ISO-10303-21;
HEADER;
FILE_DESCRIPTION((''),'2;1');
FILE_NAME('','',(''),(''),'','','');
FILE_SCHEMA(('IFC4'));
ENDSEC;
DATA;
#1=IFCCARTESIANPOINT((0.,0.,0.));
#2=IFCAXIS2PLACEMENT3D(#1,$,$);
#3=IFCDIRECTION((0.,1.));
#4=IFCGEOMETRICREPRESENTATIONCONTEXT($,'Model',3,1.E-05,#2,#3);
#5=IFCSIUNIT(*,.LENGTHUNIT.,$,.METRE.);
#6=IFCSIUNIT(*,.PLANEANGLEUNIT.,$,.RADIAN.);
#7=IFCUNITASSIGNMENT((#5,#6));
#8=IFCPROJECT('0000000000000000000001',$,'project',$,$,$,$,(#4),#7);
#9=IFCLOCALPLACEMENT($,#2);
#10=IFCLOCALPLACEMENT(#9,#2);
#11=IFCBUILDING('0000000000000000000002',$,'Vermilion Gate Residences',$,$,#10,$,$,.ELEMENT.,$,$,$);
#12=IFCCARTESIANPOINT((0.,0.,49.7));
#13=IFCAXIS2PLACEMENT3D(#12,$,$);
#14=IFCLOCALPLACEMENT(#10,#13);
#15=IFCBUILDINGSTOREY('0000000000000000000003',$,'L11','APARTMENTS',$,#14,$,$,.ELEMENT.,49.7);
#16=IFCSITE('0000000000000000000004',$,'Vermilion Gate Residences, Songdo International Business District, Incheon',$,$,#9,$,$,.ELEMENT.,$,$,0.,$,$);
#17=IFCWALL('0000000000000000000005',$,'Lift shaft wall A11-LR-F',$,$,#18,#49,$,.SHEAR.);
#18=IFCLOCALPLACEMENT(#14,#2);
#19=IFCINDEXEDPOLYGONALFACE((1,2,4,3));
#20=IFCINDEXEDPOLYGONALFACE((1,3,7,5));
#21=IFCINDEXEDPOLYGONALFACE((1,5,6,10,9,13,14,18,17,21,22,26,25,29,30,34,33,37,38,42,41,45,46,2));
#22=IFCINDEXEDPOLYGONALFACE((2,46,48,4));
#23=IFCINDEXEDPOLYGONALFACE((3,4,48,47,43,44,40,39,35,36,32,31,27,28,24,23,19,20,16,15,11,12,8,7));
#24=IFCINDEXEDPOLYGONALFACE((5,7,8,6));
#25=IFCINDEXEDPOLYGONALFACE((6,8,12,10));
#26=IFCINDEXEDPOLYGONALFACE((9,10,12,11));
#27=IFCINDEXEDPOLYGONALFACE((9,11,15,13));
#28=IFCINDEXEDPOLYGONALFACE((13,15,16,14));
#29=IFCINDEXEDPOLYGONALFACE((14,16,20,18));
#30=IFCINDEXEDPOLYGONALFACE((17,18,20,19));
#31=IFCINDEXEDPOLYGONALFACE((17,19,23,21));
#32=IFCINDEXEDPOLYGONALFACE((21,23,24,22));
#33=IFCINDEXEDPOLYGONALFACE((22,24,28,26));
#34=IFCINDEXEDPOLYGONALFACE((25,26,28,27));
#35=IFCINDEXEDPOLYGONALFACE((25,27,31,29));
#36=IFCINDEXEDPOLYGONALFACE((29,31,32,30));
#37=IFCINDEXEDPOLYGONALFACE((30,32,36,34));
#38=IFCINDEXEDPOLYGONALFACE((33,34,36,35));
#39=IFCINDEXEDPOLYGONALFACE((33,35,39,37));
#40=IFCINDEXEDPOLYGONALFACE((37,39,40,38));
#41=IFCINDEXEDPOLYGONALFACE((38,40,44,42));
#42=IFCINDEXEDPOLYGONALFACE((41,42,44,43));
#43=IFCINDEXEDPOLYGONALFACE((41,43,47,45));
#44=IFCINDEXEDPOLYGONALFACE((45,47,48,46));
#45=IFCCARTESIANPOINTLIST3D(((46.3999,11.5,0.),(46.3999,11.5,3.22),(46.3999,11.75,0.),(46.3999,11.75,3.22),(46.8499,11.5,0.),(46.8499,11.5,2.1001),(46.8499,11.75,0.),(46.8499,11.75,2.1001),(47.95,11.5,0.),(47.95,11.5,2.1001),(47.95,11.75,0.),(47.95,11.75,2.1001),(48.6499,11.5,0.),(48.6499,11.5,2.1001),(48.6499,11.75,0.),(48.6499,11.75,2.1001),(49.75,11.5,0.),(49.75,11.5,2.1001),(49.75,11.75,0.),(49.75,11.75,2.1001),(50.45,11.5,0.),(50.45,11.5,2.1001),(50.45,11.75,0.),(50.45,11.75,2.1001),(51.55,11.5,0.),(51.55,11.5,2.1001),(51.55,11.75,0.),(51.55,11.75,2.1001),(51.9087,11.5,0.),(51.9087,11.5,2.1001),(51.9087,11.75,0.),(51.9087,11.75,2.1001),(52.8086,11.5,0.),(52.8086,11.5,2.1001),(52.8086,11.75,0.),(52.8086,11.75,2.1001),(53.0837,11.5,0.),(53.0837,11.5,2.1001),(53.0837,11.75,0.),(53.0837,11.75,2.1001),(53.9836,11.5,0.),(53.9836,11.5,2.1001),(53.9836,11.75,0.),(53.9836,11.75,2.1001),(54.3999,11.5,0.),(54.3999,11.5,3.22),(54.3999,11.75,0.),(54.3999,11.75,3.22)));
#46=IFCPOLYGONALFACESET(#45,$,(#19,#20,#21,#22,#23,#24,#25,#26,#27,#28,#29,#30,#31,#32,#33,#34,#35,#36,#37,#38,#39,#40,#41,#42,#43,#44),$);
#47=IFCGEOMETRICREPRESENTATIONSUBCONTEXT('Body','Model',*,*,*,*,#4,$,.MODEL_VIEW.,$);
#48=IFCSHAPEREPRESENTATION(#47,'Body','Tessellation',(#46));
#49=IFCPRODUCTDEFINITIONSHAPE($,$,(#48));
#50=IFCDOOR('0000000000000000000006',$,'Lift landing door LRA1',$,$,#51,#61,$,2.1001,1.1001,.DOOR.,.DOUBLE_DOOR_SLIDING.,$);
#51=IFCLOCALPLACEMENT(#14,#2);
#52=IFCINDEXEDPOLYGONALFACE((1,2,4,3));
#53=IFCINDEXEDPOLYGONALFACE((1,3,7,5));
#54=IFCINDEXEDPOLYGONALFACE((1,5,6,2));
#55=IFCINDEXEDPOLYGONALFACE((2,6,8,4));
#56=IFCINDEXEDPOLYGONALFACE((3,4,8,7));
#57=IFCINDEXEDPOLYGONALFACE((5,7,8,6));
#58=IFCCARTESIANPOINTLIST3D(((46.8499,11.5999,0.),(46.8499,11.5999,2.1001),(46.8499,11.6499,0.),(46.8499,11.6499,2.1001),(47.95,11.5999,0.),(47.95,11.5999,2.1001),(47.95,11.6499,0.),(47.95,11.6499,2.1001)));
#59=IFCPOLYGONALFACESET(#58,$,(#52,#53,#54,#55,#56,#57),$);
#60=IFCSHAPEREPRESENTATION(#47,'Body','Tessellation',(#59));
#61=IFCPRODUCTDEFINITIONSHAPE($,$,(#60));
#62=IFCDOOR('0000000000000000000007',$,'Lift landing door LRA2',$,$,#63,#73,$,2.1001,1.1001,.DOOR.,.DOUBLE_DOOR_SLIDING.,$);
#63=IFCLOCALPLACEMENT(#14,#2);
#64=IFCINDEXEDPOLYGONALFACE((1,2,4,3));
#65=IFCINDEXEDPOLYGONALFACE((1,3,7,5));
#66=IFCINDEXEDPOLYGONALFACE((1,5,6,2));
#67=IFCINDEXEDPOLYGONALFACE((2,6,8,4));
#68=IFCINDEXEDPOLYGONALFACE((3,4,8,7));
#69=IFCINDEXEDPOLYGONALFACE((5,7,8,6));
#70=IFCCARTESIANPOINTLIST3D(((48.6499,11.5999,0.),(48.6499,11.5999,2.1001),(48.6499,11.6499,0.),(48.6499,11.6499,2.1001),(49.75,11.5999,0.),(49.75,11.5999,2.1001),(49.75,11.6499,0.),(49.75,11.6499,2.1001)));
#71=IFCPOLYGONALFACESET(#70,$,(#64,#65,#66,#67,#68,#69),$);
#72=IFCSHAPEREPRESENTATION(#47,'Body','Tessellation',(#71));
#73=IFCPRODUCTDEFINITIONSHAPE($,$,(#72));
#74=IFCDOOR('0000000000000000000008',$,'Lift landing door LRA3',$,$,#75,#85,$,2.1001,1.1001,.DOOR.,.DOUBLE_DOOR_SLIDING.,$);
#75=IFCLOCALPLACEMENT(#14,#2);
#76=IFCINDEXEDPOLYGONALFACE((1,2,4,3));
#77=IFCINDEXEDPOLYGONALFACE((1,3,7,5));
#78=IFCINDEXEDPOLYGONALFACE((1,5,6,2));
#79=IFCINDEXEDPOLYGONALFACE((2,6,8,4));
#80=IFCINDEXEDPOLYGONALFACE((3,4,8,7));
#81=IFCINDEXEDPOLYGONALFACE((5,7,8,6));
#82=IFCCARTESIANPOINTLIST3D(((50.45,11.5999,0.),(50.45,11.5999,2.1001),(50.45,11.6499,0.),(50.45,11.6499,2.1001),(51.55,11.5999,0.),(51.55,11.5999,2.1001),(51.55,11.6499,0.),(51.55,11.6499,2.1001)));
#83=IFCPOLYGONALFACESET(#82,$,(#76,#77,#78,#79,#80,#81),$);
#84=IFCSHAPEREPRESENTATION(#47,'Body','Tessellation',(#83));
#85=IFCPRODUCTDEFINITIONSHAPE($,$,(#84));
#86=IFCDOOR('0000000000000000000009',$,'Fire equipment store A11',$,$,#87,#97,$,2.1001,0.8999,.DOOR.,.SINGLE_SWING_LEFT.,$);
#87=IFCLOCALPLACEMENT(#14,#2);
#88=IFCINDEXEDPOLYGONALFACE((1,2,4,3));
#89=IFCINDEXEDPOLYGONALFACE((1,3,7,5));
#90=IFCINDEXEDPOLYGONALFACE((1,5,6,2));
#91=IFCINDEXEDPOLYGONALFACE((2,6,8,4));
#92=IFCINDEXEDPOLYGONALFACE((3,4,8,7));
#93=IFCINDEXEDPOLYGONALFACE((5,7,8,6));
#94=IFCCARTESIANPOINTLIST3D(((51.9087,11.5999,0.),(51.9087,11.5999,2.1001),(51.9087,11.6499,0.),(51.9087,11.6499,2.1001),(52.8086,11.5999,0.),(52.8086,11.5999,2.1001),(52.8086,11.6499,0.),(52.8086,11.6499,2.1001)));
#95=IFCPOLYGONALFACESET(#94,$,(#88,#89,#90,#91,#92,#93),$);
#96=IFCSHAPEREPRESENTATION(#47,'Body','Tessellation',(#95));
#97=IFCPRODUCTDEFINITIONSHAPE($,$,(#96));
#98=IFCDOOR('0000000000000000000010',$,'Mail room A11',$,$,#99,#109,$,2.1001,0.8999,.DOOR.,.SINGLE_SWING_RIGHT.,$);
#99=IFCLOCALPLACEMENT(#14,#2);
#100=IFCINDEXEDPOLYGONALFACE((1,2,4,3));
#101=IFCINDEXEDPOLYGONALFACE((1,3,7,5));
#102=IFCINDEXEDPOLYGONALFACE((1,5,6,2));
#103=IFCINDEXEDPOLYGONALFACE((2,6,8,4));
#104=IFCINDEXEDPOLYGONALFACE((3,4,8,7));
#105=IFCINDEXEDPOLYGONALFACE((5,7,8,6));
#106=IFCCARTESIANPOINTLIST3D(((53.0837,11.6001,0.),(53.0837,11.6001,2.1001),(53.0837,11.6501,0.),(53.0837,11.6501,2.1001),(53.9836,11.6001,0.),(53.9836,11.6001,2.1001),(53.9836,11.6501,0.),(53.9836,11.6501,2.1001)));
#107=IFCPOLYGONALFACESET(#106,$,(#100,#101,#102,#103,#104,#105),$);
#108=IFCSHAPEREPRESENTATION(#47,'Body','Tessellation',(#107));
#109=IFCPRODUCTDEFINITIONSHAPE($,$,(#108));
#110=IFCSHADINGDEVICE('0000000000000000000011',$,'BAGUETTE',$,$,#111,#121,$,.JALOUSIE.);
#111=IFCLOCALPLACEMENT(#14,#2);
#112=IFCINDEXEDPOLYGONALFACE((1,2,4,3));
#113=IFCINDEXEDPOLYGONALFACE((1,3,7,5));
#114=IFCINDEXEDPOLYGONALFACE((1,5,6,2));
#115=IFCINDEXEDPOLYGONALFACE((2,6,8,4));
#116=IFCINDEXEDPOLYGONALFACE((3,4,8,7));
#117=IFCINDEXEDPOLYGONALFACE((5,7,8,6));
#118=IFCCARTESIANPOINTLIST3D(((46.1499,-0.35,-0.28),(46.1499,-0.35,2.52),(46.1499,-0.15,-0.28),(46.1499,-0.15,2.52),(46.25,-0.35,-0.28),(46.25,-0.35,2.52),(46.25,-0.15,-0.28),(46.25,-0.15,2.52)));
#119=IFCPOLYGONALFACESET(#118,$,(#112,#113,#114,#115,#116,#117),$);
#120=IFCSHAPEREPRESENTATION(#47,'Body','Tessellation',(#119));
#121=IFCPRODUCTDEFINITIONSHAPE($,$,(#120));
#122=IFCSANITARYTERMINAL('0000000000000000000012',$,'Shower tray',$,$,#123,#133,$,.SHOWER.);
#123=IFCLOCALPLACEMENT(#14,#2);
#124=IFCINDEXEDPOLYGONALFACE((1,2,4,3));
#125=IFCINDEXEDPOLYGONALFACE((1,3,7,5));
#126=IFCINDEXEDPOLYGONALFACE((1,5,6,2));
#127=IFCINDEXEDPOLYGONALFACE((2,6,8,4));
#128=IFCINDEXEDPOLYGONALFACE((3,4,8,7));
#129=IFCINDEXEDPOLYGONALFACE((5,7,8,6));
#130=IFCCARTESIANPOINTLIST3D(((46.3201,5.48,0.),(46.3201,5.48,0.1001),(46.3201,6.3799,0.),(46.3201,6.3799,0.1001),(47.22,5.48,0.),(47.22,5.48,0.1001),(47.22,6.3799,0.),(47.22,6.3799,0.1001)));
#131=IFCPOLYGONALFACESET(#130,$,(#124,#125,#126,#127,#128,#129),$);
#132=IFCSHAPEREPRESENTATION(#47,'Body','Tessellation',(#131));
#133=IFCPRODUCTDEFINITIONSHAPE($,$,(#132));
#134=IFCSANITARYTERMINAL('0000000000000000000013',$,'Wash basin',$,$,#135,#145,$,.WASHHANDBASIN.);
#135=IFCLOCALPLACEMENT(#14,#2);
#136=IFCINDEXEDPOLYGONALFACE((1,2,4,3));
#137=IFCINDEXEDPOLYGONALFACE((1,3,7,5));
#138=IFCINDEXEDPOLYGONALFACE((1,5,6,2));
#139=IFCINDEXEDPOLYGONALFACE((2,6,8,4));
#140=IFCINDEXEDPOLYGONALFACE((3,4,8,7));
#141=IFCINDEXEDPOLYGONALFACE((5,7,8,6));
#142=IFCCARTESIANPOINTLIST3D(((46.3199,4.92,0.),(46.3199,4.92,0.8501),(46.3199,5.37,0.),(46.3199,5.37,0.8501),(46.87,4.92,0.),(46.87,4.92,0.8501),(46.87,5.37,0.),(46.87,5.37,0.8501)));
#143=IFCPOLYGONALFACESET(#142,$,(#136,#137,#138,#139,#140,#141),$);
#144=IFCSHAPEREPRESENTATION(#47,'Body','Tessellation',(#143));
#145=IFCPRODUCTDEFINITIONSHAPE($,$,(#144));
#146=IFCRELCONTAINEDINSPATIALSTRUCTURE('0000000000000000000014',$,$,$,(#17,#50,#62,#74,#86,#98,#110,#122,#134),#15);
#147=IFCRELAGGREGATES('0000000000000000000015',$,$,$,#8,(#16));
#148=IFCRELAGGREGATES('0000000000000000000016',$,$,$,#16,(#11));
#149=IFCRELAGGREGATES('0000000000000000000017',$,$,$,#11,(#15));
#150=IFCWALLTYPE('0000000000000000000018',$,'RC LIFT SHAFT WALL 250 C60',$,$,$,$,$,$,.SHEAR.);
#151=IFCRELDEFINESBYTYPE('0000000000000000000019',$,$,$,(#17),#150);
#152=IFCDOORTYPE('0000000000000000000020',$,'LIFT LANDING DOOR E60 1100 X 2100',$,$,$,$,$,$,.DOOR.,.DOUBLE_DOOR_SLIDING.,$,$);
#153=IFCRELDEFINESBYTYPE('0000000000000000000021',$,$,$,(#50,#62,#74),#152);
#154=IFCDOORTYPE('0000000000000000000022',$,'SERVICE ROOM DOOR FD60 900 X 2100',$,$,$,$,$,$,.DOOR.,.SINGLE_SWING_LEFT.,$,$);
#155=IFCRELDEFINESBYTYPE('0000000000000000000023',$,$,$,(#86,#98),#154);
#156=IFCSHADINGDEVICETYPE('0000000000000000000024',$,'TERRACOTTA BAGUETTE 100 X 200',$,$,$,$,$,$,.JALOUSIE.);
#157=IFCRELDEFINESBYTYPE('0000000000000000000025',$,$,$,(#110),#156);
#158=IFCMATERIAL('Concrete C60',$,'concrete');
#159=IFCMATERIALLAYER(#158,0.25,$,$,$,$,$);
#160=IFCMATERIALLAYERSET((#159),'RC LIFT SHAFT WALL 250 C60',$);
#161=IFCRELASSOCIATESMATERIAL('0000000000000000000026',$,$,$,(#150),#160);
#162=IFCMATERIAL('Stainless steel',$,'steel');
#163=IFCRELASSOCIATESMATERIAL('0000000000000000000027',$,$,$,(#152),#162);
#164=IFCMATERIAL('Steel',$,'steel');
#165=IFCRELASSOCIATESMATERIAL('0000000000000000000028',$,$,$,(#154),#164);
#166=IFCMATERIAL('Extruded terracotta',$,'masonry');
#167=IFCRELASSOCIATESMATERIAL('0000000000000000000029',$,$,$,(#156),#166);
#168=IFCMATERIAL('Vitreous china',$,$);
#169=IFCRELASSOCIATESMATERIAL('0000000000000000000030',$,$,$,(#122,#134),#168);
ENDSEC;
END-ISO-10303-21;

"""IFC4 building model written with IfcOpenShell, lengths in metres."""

from ifc_helpers import new_model, si_unit, direction, frame, frame_2d, origin, origin_2d, place, context, subcontext, project, spatial, rectangle, extrude, material, layer, layer_set, material_profile, profile_set, type_object, element, fill, save


model = new_model("IFC4")

# Units and contexts
model_context = context("Model", 3, precision=1e-05, world=origin(), true_north=direction((0.0, 1.0)))
body_context = subcontext(model_context, "Body", "Model", "MODEL_VIEW")
ifc_project = project(units=[si_unit("LENGTHUNIT", "METRE"), si_unit("PLANEANGLEUNIT", "RADIAN")], contexts=[model_context])

# Site, building, storey
site_placement = place(None, origin())
site = spatial("IfcSite", under=ifc_project, at=site_placement, Name="Vermilion Gate Residences, Songdo International Business District, Incheon", CompositionType="ELEMENT", RefElevation=0.0)
building_placement = place(site_placement, origin())
building = spatial("IfcBuilding", under=site, at=building_placement, Name="Vermilion Gate Residences", CompositionType="ELEMENT")
storey_placement = place(building_placement, frame((0.0, 0.0, 49.7)))
storey = spatial("IfcBuildingStorey", under=building, at=storey_placement, Name="L11", Description="APARTMENTS", CompositionType="ELEMENT", Elevation=49.7)

# Wall, openings, doors
ifc_material_1 = material(Name="Concrete C60", Category="concrete")
ifc_layer_1 = layer(ifc_material_1, 0.25)
ifc_layer_set_1 = layer_set([ifc_layer_1], Name="RC LIFT SHAFT WALL 250 C60")
wall_type_1 = type_object("IfcWallType", Name="RC LIFT SHAFT WALL 250 C60", PredefinedType="SHEAR", material=ifc_layer_set_1)
wall_1_placement = place(storey_placement, frame((46.3999, 11.625, 0.0), z_axis=(0.0, 0.0, 1.0), x_axis=(1.0, 0.0, 0.0)))
wall_1 = element("IfcWall", 1, at=wall_1_placement, inside=storey, type_object=wall_type_1, Name="Lift shaft wall A11-LR-F", PredefinedType="SHEAR", context=body_context, shape_type="SweptSolid", body=[
    extrude(rectangle(XDim=8.0, YDim=0.25, at=frame_2d((4.0, 0.0))), origin(), (0.0, 0.0, 1.0), 3.22),
])
opening_1_placement = place(wall_1_placement, frame((0.45, 0.0, 0.0)))
opening_1 = element("IfcOpeningElement", 2, at=opening_1_placement, cuts=wall_1, PredefinedType="OPENING", context=body_context, shape_type="SweptSolid", body=[
    extrude(rectangle(XDim=1.1001, YDim=2.1001, at=frame_2d((0.55, 1.05))), frame((0.0, 0.135, 0.0), z_axis=(0.0, -1.0, 0.0), x_axis=(1.0, 0.0, 0.0)), (0.0, 0.0, 1.0), 0.27),
])
opening_2_placement = place(wall_1_placement, frame((2.25, 0.0, 0.0)))
opening_2 = element("IfcOpeningElement", 3, at=opening_2_placement, cuts=wall_1, PredefinedType="OPENING", context=body_context, shape_type="SweptSolid", body=[
    extrude(rectangle(XDim=1.1001, YDim=2.1001, at=frame_2d((0.55, 1.05))), frame((0.0, 0.135, 0.0), z_axis=(0.0, -1.0, 0.0), x_axis=(1.0, 0.0, 0.0)), (0.0, 0.0, 1.0), 0.27),
])
opening_3_placement = place(wall_1_placement, frame((4.05, 0.0, 0.0)))
opening_3 = element("IfcOpeningElement", 4, at=opening_3_placement, cuts=wall_1, PredefinedType="OPENING", context=body_context, shape_type="SweptSolid", body=[
    extrude(rectangle(XDim=1.1001, YDim=2.1001, at=frame_2d((0.55, 1.05))), frame((0.0, 0.135, 0.0), z_axis=(0.0, -1.0, 0.0), x_axis=(1.0, 0.0, 0.0)), (0.0, 0.0, 1.0), 0.27),
])
opening_4_placement = place(wall_1_placement, frame((5.5088, 0.0, 0.0)))
opening_4 = element("IfcOpeningElement", 5, at=opening_4_placement, cuts=wall_1, PredefinedType="OPENING", context=body_context, shape_type="SweptSolid", body=[
    extrude(rectangle(XDim=0.8999, YDim=2.1001, at=frame_2d((0.45, 1.05))), frame((0.0, 0.135, 0.0), z_axis=(0.0, -1.0, 0.0), x_axis=(1.0, 0.0, 0.0)), (0.0, 0.0, 1.0), 0.27),
])
opening_5_placement = place(wall_1_placement, frame((6.6838, 0.0, 0.0)))
opening_5 = element("IfcOpeningElement", 6, at=opening_5_placement, cuts=wall_1, PredefinedType="OPENING", context=body_context, shape_type="SweptSolid", body=[
    extrude(rectangle(XDim=0.8999, YDim=2.1001, at=frame_2d((0.45, 1.05))), frame((0.0, 0.135, 0.0), z_axis=(0.0, -1.0, 0.0), x_axis=(1.0, 0.0, 0.0)), (0.0, 0.0, 1.0), 0.27),
])
ifc_material_2 = material(Name="Stainless steel", Category="steel")
door_type_1 = type_object("IfcDoorType", Name="LIFT LANDING DOOR E60 1100 X 2100", OperationType="DOUBLE_DOOR_SLIDING", PredefinedType="DOOR", material=ifc_material_2)
door_1_placement = place(opening_1_placement, origin())
door_1 = element("IfcDoor", 7, at=door_1_placement, inside=storey, type_object=door_type_1, Name="Lift landing door LRA1", OperationType="DOUBLE_DOOR_SLIDING", OverallHeight=2.1001, OverallWidth=1.1001, PredefinedType="DOOR", context=body_context, shape_type="SweptSolid", body=[
    extrude(rectangle(XDim=1.1001, YDim=2.1001, at=frame_2d((0.55, 1.05))), frame((0.0, 0.0249, 0.0), z_axis=(0.0, -1.0, 0.0), x_axis=(1.0, 0.0, 0.0)), (0.0, 0.0, 1.0), 0.05),
])
fill(opening_1, door_1)
door_2_placement = place(opening_2_placement, origin())
door_2 = element("IfcDoor", 8, at=door_2_placement, inside=storey, type_object=door_type_1, Name="Lift landing door LRA2", OperationType="DOUBLE_DOOR_SLIDING", OverallHeight=2.1001, OverallWidth=1.1001, PredefinedType="DOOR", context=body_context, shape_type="SweptSolid", body=[
    extrude(rectangle(XDim=1.1001, YDim=2.1001, at=frame_2d((0.55, 1.05))), frame((0.0, 0.0249, 0.0), z_axis=(0.0, -1.0, 0.0), x_axis=(1.0, 0.0, 0.0)), (0.0, 0.0, 1.0), 0.05),
])
fill(opening_2, door_2)
door_3_placement = place(opening_3_placement, origin())
door_3 = element("IfcDoor", 9, at=door_3_placement, inside=storey, type_object=door_type_1, Name="Lift landing door LRA3", OperationType="DOUBLE_DOOR_SLIDING", OverallHeight=2.1001, OverallWidth=1.1001, PredefinedType="DOOR", context=body_context, shape_type="SweptSolid", body=[
    extrude(rectangle(XDim=1.1001, YDim=2.1001, at=frame_2d((0.55, 1.05))), frame((0.0, 0.0249, 0.0), z_axis=(0.0, -1.0, 0.0), x_axis=(1.0, 0.0, 0.0)), (0.0, 0.0, 1.0), 0.05),
])
fill(opening_3, door_3)
ifc_material_3 = material(Name="Steel", Category="steel")
door_type_2 = type_object("IfcDoorType", Name="SERVICE ROOM DOOR FD60 900 X 2100", OperationType="SINGLE_SWING_LEFT", PredefinedType="DOOR", material=ifc_material_3)
door_4_placement = place(opening_4_placement, origin())
door_4 = element("IfcDoor", 10, at=door_4_placement, inside=storey, type_object=door_type_2, Name="Fire equipment store A11", OperationType="SINGLE_SWING_LEFT", OverallHeight=2.1001, OverallWidth=0.8999, PredefinedType="DOOR", context=body_context, shape_type="SweptSolid", body=[
    extrude(rectangle(XDim=0.8999, YDim=2.1001, at=frame_2d((0.45, 1.05))), frame((0.0, 0.0249, 0.0), z_axis=(0.0, -1.0, 0.0), x_axis=(1.0, 0.0, 0.0)), (0.0, 0.0, 1.0), 0.05),
])
fill(opening_4, door_4)
door_5_placement = place(opening_5_placement, frame((0.8999, 0.0, 0.0), z_axis=(0.0, 0.0, 1.0), x_axis=(-1.0, 0.0, 0.0)))
door_5 = element("IfcDoor", 11, at=door_5_placement, inside=storey, type_object=door_type_2, Name="Mail room A11", OperationType="SINGLE_SWING_RIGHT", OverallHeight=2.1001, OverallWidth=0.8999, PredefinedType="DOOR", context=body_context, shape_type="SweptSolid", body=[
    extrude(rectangle(XDim=0.8999, YDim=2.1001, at=frame_2d((0.45, 1.05))), frame((0.0, 0.0249, 0.0), z_axis=(0.0, -1.0, 0.0), x_axis=(1.0, 0.0, 0.0)), (0.0, 0.0, 1.0), 0.05),
])
fill(opening_5, door_5)

# Shading device
ifc_material_4 = material(Name="Extruded terracotta", Category="masonry")
ifc_material_profile_1 = material_profile(ifc_material_4, rectangle(XDim=0.2, YDim=0.1001, at=origin_2d()), Name="BAGUETTE 100 X 200")
ifc_profile_set_1 = profile_set([ifc_material_profile_1], Name="Extruded terracotta")
shading_device_type = type_object("IfcShadingDeviceType", Name="TERRACOTTA BAGUETTE 100 X 200", PredefinedType="JALOUSIE", material=ifc_profile_set_1)
shading_device_placement = place(storey_placement, frame((46.2, -0.25, -0.28), z_axis=(0.0, 0.0, 1.0), x_axis=(0.0, 1.0, 0.0)))
element("IfcShadingDevice", 12, at=shading_device_placement, inside=storey, type_object=shading_device_type, Name="BAGUETTE", PredefinedType="JALOUSIE", context=body_context, shape_type="SweptSolid", body=[
    extrude(rectangle(XDim=0.2, YDim=0.1001, at=origin_2d()), origin(), (0.0, 0.0, 1.0), 2.8),
])

# Sanitary terminals
ifc_material_5 = material(Name="Vitreous china")
sanitary_terminal_1_placement = place(storey_placement, frame((46.77, 5.9299, 0.0), z_axis=(0.0, 0.0, 1.0), x_axis=(1.0, 0.0, 0.0)))
element("IfcSanitaryTerminal", 13, at=sanitary_terminal_1_placement, inside=storey, material=ifc_material_5, Name="Shower tray", PredefinedType="SHOWER", context=body_context, shape_type="SweptSolid", body=[
    extrude(rectangle(XDim=0.8999, YDim=0.8999, at=origin_2d()), origin(), (0.0, 0.0, 1.0), 0.1001),
])
sanitary_terminal_2_placement = place(storey_placement, frame((46.595, 5.145, 0.0), z_axis=(0.0, 0.0, 1.0), x_axis=(1.0, 0.0, 0.0)))
element("IfcSanitaryTerminal", 14, at=sanitary_terminal_2_placement, inside=storey, material=ifc_material_5, Name="Wash basin", PredefinedType="WASHHANDBASIN", context=body_context, shape_type="SweptSolid", body=[
    extrude(rectangle(XDim=0.55, YDim=0.45, at=origin_2d()), origin(), (0.0, 0.0, 1.0), 0.8501),
])

save(model, "model.ifc")
